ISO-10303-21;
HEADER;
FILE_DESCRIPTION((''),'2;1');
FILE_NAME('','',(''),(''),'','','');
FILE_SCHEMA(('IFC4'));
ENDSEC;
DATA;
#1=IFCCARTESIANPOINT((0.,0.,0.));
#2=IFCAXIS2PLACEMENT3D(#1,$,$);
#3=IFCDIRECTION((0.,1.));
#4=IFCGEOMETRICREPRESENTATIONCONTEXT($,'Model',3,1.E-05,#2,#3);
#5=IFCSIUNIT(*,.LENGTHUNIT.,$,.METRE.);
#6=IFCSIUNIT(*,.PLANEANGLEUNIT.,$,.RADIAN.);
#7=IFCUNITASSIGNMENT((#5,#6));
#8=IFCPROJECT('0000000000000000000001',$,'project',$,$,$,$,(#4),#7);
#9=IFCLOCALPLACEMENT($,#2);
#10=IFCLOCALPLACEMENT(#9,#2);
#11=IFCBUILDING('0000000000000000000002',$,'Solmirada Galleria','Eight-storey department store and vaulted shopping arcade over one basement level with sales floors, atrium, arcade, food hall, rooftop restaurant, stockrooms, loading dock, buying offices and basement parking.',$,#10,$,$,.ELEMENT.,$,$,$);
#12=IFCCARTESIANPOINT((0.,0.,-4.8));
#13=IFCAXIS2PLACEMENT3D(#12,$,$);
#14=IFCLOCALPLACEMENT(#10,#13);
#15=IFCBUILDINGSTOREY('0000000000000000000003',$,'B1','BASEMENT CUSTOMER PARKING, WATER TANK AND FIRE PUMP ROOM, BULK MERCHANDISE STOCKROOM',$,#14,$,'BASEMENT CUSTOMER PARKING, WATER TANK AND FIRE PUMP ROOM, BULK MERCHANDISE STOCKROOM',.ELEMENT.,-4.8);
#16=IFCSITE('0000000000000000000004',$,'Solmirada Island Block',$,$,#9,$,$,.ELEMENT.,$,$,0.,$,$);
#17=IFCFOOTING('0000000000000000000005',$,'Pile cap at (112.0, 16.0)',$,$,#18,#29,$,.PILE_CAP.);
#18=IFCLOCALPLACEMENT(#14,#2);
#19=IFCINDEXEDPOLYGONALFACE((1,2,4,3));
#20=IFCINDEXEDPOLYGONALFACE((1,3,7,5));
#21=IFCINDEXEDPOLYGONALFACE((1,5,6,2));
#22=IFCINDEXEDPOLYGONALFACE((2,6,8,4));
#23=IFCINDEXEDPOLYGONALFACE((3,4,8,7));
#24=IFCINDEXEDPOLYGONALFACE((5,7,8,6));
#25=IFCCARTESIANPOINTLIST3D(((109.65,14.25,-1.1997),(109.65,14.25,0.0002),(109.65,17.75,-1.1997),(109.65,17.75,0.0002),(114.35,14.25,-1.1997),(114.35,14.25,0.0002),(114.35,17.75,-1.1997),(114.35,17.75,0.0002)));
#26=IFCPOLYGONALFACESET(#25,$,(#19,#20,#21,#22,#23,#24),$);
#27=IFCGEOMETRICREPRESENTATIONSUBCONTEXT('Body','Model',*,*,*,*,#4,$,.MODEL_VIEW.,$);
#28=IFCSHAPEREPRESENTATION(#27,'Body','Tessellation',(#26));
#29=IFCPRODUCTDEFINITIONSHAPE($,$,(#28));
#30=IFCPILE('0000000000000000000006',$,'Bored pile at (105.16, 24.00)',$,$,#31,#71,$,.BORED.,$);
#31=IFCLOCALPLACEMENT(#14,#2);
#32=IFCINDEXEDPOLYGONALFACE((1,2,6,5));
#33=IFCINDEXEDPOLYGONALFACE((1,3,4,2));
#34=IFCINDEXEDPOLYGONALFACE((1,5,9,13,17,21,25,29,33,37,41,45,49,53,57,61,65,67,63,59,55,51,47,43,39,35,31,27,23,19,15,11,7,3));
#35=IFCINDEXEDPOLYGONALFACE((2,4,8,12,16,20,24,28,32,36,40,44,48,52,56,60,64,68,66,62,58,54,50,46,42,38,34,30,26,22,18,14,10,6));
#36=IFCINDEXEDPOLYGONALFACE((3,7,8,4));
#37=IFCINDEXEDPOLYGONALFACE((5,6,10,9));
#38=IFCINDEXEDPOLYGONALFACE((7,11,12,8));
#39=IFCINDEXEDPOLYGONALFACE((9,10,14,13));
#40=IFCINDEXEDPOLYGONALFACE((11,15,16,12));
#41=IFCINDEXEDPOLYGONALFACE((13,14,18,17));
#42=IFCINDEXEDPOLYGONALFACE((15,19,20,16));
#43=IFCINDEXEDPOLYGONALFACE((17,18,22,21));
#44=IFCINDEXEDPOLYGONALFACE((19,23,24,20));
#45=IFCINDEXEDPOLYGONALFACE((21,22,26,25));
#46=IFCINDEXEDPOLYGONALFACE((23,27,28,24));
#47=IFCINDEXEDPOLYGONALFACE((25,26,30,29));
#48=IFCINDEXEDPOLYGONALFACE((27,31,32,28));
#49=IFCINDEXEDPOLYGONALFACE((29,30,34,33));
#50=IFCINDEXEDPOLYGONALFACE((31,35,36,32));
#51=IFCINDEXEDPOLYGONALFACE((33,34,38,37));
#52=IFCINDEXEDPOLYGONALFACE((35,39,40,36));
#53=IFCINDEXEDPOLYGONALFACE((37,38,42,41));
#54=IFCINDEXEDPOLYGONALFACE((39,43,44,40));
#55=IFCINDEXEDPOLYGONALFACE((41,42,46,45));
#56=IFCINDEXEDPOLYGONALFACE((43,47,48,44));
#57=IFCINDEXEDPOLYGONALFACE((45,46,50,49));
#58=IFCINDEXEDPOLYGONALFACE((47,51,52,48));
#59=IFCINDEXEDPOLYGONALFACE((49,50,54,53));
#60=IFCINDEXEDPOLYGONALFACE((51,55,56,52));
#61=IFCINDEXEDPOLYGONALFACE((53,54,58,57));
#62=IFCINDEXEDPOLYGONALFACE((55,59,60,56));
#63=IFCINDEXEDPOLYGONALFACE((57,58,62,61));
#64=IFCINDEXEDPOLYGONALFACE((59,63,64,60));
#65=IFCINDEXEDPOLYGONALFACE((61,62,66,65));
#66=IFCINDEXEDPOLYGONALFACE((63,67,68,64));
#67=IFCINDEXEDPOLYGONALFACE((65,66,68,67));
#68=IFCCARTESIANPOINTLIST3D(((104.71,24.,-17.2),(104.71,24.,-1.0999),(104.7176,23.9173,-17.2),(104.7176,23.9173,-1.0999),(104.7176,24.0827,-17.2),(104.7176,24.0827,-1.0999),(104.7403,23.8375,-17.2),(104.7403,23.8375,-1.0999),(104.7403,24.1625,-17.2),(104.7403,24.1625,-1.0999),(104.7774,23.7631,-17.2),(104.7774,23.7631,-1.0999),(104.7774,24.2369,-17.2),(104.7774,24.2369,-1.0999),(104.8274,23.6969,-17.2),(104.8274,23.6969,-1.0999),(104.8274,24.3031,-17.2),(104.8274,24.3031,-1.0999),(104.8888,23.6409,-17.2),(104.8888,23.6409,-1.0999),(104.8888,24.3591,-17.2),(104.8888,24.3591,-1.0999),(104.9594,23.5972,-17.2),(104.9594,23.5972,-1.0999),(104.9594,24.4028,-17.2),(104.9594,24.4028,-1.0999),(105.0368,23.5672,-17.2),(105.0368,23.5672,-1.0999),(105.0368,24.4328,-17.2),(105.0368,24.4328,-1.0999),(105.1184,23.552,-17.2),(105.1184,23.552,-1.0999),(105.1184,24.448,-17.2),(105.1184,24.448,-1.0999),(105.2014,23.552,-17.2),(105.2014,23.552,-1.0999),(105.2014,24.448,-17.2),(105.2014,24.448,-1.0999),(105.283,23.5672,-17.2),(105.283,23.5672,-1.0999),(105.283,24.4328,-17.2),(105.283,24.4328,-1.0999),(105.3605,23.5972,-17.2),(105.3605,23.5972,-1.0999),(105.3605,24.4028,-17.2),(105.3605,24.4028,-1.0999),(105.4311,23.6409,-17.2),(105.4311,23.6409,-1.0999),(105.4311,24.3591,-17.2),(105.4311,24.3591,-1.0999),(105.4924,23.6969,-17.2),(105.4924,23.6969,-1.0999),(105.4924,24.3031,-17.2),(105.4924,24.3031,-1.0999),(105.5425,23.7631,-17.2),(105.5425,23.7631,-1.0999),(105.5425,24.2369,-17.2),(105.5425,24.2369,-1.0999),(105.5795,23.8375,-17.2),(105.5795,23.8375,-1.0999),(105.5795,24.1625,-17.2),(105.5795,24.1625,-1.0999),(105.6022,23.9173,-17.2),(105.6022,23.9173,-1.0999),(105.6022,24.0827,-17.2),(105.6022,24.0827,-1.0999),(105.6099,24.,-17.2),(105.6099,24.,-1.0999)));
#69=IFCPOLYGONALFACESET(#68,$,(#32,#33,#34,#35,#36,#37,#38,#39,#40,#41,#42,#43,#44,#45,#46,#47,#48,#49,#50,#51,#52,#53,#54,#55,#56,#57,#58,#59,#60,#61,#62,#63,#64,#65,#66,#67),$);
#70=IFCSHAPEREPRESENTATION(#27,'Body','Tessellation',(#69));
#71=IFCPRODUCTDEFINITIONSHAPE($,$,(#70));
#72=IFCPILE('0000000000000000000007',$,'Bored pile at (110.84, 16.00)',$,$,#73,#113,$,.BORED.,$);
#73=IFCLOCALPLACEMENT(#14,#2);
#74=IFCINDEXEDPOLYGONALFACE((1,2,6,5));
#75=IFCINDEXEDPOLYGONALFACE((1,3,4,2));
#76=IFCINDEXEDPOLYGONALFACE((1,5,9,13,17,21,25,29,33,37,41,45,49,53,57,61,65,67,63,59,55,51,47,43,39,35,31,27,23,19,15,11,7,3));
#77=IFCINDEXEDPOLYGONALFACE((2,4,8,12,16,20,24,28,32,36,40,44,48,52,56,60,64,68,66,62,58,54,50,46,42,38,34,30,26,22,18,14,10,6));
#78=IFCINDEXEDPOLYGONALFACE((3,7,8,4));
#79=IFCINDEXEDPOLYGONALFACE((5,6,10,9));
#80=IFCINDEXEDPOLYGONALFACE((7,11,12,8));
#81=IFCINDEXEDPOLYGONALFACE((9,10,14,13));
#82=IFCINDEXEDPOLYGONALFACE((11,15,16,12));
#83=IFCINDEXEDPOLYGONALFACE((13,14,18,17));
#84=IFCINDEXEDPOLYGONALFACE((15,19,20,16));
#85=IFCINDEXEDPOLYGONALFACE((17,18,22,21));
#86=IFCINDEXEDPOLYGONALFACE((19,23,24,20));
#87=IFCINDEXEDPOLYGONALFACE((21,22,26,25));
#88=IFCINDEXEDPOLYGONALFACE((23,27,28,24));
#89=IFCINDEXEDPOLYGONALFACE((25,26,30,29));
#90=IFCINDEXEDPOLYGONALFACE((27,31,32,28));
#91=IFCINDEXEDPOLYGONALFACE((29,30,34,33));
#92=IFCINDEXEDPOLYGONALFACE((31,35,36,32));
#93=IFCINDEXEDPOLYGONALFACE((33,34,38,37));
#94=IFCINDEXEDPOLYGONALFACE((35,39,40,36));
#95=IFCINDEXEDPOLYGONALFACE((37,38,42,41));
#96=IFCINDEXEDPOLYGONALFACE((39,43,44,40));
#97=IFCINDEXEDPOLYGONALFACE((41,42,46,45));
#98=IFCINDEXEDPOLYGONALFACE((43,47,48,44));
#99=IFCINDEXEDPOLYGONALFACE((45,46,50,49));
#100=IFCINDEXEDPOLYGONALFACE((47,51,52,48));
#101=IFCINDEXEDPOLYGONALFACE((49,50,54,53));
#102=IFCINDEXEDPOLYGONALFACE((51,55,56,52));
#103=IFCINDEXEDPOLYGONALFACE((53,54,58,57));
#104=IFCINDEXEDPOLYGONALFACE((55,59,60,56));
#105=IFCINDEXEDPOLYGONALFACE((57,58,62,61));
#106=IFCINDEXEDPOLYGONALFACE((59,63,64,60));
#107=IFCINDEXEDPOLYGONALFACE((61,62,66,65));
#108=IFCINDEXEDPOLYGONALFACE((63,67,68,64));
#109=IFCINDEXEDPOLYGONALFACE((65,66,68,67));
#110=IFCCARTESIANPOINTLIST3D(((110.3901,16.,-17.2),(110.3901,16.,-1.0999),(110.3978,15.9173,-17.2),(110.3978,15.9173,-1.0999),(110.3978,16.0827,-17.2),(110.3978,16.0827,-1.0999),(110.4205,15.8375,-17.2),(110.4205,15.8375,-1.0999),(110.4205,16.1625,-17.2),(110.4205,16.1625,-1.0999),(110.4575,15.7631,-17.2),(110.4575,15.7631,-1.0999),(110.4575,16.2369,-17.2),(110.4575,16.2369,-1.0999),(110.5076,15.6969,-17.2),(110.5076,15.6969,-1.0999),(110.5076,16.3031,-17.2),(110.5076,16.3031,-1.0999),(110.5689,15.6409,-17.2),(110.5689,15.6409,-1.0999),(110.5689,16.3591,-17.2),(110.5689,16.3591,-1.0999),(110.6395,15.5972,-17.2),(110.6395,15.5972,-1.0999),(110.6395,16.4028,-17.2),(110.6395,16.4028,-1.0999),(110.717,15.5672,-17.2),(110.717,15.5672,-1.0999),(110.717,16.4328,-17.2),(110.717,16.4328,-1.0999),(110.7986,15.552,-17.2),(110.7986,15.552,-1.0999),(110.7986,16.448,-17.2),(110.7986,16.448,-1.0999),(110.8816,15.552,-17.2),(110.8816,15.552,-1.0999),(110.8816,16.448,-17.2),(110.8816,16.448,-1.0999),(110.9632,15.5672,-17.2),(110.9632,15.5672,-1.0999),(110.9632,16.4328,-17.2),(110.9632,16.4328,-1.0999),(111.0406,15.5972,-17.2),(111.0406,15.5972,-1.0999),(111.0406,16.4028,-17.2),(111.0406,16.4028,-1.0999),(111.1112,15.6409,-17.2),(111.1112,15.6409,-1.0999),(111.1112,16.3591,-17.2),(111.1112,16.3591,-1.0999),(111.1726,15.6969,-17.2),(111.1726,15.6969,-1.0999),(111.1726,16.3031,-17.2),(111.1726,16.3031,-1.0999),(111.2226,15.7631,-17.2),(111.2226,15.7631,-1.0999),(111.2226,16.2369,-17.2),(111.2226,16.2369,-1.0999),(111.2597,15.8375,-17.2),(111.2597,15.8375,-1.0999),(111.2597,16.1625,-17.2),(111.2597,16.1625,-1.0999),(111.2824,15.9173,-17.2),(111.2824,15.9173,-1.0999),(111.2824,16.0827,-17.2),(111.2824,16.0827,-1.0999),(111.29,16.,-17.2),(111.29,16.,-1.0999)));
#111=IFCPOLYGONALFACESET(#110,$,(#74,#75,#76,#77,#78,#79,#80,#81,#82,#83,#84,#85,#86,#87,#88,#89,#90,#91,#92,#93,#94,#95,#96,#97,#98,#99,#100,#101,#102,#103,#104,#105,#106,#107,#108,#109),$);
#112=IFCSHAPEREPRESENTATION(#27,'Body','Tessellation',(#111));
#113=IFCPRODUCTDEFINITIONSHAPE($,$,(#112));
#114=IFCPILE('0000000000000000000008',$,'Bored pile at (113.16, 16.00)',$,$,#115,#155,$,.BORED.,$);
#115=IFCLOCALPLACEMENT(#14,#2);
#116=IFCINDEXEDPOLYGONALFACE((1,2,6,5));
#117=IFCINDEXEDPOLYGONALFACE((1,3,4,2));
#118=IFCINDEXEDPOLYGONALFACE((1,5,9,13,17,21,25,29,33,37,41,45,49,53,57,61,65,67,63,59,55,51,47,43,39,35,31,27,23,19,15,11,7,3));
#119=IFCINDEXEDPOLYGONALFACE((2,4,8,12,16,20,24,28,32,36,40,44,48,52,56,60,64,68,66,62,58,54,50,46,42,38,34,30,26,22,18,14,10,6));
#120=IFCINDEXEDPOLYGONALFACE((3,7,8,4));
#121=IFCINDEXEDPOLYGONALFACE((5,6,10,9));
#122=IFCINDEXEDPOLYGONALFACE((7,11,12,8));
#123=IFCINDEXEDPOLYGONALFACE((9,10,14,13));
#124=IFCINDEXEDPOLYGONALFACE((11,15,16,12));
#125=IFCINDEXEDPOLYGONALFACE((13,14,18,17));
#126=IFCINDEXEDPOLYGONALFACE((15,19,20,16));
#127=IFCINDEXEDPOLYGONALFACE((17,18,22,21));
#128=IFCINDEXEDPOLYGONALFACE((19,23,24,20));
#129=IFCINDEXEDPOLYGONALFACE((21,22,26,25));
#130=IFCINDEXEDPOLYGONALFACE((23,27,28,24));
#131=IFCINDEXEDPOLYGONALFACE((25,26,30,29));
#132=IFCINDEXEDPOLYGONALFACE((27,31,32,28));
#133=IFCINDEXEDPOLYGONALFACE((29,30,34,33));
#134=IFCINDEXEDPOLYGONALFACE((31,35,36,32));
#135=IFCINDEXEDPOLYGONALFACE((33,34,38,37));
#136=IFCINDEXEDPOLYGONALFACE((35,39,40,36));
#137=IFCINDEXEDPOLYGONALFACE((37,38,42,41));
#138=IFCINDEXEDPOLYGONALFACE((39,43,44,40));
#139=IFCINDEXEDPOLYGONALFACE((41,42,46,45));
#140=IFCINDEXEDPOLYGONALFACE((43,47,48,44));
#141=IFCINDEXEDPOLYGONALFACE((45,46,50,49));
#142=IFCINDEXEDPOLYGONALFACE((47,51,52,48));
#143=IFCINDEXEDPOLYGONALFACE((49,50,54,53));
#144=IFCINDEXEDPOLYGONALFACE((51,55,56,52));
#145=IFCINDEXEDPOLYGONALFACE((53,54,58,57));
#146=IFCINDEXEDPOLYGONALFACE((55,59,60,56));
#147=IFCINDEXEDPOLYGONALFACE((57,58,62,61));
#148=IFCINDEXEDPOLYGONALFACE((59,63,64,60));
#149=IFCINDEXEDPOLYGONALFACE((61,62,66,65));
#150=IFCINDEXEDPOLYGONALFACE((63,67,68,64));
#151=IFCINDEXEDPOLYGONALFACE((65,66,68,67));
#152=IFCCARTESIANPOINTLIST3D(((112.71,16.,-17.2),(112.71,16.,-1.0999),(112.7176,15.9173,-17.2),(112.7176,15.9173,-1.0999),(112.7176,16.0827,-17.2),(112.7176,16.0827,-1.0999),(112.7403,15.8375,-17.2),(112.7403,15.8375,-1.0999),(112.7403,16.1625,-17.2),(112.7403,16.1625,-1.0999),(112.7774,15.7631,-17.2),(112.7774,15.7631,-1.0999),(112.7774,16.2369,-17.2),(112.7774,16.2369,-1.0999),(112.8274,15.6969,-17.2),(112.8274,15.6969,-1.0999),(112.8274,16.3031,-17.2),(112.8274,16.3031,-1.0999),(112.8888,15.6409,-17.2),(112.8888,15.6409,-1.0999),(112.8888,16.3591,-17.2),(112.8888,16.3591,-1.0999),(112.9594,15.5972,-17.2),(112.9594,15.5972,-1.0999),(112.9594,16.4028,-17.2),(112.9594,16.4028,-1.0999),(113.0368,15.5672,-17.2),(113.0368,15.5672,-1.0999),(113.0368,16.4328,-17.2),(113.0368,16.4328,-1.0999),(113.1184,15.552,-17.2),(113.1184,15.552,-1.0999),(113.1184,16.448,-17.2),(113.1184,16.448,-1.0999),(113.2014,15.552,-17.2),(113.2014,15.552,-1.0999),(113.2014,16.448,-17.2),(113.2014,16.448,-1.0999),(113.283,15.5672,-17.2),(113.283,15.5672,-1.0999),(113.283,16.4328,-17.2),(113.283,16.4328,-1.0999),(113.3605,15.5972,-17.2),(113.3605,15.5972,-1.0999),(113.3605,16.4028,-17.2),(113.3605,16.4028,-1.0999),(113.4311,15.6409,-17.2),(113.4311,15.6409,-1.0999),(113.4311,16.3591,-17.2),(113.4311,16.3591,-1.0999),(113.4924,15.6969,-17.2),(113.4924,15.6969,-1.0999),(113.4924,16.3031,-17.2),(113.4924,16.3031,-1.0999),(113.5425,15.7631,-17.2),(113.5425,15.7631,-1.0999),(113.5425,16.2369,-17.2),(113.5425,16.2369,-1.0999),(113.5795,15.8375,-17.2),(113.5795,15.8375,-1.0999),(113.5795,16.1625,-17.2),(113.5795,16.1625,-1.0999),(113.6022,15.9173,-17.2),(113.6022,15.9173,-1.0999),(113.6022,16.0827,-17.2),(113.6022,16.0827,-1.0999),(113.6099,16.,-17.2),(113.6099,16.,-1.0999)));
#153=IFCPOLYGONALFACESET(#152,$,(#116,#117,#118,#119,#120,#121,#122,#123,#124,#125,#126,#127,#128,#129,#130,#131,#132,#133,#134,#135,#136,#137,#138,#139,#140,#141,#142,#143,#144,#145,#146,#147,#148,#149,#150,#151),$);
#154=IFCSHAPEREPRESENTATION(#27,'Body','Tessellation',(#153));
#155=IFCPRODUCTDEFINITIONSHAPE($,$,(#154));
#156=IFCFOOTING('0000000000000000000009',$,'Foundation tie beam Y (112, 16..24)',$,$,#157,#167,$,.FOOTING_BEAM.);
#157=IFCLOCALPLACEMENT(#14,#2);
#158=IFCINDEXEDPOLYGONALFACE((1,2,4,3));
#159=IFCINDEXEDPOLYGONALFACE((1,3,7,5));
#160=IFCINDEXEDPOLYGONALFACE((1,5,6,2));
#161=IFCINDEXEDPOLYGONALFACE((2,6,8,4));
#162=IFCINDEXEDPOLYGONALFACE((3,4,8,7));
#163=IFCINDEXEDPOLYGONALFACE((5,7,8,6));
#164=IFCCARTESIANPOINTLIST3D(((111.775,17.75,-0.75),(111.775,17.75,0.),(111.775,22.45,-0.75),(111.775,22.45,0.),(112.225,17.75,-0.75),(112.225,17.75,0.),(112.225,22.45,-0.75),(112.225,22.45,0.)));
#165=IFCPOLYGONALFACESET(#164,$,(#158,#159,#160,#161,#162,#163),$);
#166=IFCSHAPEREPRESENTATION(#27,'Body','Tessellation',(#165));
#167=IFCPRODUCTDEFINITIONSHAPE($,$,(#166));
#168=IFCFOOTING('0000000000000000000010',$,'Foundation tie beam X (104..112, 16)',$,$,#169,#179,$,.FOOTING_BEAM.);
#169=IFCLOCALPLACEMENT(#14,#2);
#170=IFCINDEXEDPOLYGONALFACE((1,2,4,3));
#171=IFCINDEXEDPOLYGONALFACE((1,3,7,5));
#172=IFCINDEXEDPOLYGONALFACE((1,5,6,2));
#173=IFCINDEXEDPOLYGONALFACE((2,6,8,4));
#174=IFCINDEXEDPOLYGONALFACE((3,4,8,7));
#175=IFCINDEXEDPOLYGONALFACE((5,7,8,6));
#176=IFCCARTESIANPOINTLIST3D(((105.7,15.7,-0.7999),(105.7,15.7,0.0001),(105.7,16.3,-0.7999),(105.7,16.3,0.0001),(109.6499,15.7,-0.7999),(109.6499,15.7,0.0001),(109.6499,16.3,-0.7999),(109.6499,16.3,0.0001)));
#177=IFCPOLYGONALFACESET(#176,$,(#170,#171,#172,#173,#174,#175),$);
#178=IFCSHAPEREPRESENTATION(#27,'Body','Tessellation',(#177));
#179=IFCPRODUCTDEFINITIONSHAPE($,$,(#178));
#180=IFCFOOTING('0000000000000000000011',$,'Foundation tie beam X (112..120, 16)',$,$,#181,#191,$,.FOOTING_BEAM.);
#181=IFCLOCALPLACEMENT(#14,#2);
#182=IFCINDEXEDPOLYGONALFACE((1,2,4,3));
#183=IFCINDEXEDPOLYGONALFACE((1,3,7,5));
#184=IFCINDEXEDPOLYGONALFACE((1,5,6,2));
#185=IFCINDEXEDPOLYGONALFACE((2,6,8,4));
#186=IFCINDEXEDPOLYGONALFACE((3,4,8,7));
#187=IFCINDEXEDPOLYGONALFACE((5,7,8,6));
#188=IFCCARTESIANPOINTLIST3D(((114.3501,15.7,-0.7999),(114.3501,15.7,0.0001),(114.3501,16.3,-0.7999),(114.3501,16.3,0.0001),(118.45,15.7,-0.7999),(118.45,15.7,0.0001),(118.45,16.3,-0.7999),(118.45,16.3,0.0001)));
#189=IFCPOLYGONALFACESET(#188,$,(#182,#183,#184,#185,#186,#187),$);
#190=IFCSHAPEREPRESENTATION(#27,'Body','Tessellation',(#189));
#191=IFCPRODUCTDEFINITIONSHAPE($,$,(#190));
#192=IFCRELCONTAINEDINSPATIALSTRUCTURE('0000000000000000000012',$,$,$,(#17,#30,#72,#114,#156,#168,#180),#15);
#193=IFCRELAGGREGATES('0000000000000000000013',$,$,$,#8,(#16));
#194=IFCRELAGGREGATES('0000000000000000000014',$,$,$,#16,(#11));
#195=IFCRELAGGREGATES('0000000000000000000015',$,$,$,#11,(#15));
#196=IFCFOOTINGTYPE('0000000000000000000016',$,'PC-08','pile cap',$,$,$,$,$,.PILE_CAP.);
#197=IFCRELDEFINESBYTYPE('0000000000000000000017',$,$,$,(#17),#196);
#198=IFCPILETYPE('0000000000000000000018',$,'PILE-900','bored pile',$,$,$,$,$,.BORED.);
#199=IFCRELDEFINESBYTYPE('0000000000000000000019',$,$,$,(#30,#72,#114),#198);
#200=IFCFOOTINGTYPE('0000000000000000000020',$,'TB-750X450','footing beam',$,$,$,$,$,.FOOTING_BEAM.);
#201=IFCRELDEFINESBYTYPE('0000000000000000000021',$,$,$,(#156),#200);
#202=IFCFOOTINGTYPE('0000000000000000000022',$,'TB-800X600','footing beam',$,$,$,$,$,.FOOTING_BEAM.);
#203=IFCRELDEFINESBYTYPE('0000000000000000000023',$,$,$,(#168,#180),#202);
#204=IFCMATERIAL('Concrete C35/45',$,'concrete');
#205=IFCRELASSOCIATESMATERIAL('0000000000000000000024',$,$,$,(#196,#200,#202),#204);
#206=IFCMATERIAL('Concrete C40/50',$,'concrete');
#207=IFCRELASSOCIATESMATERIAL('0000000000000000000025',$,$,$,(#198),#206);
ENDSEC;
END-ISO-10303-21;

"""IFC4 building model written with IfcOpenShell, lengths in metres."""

from ifc_helpers import new_model, si_unit, direction, frame, origin, origin_2d, place, context, subcontext, project, spatial, rectangle, circle, extrude, material, material_profile, profile_set, type_object, element, save


model = new_model("IFC4")

# Units and contexts
model_context = context("Model", 3, precision=1e-05, world=origin(), true_north=direction((0.0, 1.0)))
body_context = subcontext(model_context, "Body", "Model", "MODEL_VIEW")
ifc_project = project(units=[si_unit("LENGTHUNIT", "METRE"), si_unit("PLANEANGLEUNIT", "RADIAN")], contexts=[model_context])

# Site, building, storey
site_placement = place(None, origin())
site = spatial("IfcSite", under=ifc_project, at=site_placement, Name="Solmirada Island Block", CompositionType="ELEMENT", RefElevation=0.0)
building_placement = place(site_placement, origin())
building = spatial("IfcBuilding", under=site, at=building_placement, Name="Solmirada Galleria", Description="Eight-storey department store and vaulted shopping arcade over one basement level with sales floors, atrium, arcade, food hall, rooftop restaurant, stockrooms, loading dock, buying offices and basement parking.", CompositionType="ELEMENT")
storey_placement = place(building_placement, frame((0.0, 0.0, -4.8)))
storey = spatial("IfcBuildingStorey", under=building, at=storey_placement, Name="B1", Description="BASEMENT CUSTOMER PARKING, WATER TANK AND FIRE PUMP ROOM, BULK MERCHANDISE STOCKROOM", LongName="BASEMENT CUSTOMER PARKING, WATER TANK AND FIRE PUMP ROOM, BULK MERCHANDISE STOCKROOM", CompositionType="ELEMENT", Elevation=-4.8)

# Footing
ifc_material_1 = material(Name="Concrete C35/45", Category="concrete")
footing_type_1 = type_object("IfcFootingType", Name="PC-08", Description="pile cap", PredefinedType="PILE_CAP", material=ifc_material_1)
footing_1_placement = place(storey_placement, frame((112.0, 16.0, -1.1997), z_axis=(0.0, 0.0, 1.0), x_axis=(1.0, 0.0, 0.0)))
element("IfcFooting", 1, at=footing_1_placement, inside=storey, type_object=footing_type_1, Name="Pile cap at (112.0, 16.0)", PredefinedType="PILE_CAP", context=body_context, shape_type="SweptSolid", body=[
    extrude(rectangle(XDim=4.7, YDim=3.5, at=origin_2d()), origin(), (0.0, 0.0, 1.0), 1.2),
])

# Piles
ifc_material_2 = material(Name="Concrete C40/50", Category="concrete")
ifc_material_profile_1 = material_profile(ifc_material_2, circle(Radius=0.45, at=origin_2d()), Name="PILE900")
ifc_profile_set_1 = profile_set([ifc_material_profile_1], Name="Concrete C40/50")
pile_type = type_object("IfcPileType", Name="PILE-900", Description="bored pile", PredefinedType="BORED", material=ifc_profile_set_1)
for number, where, z_axis, x_axis, name in (
    (2, (105.1599, 24.0, -1.0999), (0.0, 0.0, -1.0), (1.0, 0.0, 0.0), "Bored pile at (105.16, 24.00)"),
    (3, (110.8401, 16.0, -1.0999), (0.0, 0.0, -1.0), (1.0, 0.0, 0.0), "Bored pile at (110.84, 16.00)"),
    (4, (113.1599, 16.0, -1.0999), (0.0, 0.0, -1.0), (1.0, 0.0, 0.0), "Bored pile at (113.16, 16.00)"),
):
    element("IfcPile", number, at=place(storey_placement, frame(where, z_axis=z_axis, x_axis=x_axis)), inside=storey, type_object=pile_type, Name=name, PredefinedType="BORED", context=body_context, shape_type="SweptSolid", body=[
        extrude(circle(Radius=0.45, at=origin_2d()), origin(), (0.0, 0.0, 1.0), 16.1001),
    ])

# Footings
ifc_material_profile_2 = material_profile(ifc_material_1, rectangle(XDim=0.45, YDim=0.75, at=origin_2d()), Name="RC750X450")
ifc_profile_set_2 = profile_set([ifc_material_profile_2], Name="Concrete C35/45")
footing_type_2 = type_object("IfcFootingType", Name="TB-750X450", Description="footing beam", PredefinedType="FOOTING_BEAM", material=ifc_profile_set_2)
footing_2_placement = place(storey_placement, frame((112.0, 17.75, -0.375), z_axis=(0.0, 1.0, 0.0), x_axis=(-1.0, 0.0, 0.0)))
element("IfcFooting", 5, at=footing_2_placement, inside=storey, type_object=footing_type_2, Name="Foundation tie beam Y (112, 16..24)", PredefinedType="FOOTING_BEAM", context=body_context, shape_type="SweptSolid", body=[
    extrude(rectangle(XDim=0.45, YDim=0.75, at=origin_2d()), origin(), (0.0, 0.0, 1.0), 4.7),
])
ifc_material_profile_3 = material_profile(ifc_material_1, rectangle(XDim=0.6001, YDim=0.8, at=origin_2d()), Name="RC800X600")
ifc_profile_set_3 = profile_set([ifc_material_profile_3], Name="Concrete C35/45")
footing_type_3 = type_object("IfcFootingType", Name="TB-800X600", Description="footing beam", PredefinedType="FOOTING_BEAM", material=ifc_profile_set_3)
footing_3_placement = place(storey_placement, frame((105.7, 16.0, -0.3999), z_axis=(1.0, 0.0, 0.0), x_axis=(0.0, 1.0, 0.0)))
element("IfcFooting", 6, at=footing_3_placement, inside=storey, type_object=footing_type_3, Name="Foundation tie beam X (104..112, 16)", PredefinedType="FOOTING_BEAM", context=body_context, shape_type="SweptSolid", body=[
    extrude(rectangle(XDim=0.6001, YDim=0.8, at=origin_2d()), origin(), (0.0, 0.0, 1.0), 3.95),
])
footing_4_placement = place(storey_placement, frame((114.3501, 16.0, -0.3999), z_axis=(1.0, 0.0, 0.0), x_axis=(0.0, 1.0, 0.0)))
element("IfcFooting", 7, at=footing_4_placement, inside=storey, type_object=footing_type_3, Name="Foundation tie beam X (112..120, 16)", PredefinedType="FOOTING_BEAM", context=body_context, shape_type="SweptSolid", body=[
    extrude(rectangle(XDim=0.6001, YDim=0.8, at=origin_2d()), origin(), (0.0, 0.0, 1.0), 4.0999),
])

save(model, "model.ifc")
